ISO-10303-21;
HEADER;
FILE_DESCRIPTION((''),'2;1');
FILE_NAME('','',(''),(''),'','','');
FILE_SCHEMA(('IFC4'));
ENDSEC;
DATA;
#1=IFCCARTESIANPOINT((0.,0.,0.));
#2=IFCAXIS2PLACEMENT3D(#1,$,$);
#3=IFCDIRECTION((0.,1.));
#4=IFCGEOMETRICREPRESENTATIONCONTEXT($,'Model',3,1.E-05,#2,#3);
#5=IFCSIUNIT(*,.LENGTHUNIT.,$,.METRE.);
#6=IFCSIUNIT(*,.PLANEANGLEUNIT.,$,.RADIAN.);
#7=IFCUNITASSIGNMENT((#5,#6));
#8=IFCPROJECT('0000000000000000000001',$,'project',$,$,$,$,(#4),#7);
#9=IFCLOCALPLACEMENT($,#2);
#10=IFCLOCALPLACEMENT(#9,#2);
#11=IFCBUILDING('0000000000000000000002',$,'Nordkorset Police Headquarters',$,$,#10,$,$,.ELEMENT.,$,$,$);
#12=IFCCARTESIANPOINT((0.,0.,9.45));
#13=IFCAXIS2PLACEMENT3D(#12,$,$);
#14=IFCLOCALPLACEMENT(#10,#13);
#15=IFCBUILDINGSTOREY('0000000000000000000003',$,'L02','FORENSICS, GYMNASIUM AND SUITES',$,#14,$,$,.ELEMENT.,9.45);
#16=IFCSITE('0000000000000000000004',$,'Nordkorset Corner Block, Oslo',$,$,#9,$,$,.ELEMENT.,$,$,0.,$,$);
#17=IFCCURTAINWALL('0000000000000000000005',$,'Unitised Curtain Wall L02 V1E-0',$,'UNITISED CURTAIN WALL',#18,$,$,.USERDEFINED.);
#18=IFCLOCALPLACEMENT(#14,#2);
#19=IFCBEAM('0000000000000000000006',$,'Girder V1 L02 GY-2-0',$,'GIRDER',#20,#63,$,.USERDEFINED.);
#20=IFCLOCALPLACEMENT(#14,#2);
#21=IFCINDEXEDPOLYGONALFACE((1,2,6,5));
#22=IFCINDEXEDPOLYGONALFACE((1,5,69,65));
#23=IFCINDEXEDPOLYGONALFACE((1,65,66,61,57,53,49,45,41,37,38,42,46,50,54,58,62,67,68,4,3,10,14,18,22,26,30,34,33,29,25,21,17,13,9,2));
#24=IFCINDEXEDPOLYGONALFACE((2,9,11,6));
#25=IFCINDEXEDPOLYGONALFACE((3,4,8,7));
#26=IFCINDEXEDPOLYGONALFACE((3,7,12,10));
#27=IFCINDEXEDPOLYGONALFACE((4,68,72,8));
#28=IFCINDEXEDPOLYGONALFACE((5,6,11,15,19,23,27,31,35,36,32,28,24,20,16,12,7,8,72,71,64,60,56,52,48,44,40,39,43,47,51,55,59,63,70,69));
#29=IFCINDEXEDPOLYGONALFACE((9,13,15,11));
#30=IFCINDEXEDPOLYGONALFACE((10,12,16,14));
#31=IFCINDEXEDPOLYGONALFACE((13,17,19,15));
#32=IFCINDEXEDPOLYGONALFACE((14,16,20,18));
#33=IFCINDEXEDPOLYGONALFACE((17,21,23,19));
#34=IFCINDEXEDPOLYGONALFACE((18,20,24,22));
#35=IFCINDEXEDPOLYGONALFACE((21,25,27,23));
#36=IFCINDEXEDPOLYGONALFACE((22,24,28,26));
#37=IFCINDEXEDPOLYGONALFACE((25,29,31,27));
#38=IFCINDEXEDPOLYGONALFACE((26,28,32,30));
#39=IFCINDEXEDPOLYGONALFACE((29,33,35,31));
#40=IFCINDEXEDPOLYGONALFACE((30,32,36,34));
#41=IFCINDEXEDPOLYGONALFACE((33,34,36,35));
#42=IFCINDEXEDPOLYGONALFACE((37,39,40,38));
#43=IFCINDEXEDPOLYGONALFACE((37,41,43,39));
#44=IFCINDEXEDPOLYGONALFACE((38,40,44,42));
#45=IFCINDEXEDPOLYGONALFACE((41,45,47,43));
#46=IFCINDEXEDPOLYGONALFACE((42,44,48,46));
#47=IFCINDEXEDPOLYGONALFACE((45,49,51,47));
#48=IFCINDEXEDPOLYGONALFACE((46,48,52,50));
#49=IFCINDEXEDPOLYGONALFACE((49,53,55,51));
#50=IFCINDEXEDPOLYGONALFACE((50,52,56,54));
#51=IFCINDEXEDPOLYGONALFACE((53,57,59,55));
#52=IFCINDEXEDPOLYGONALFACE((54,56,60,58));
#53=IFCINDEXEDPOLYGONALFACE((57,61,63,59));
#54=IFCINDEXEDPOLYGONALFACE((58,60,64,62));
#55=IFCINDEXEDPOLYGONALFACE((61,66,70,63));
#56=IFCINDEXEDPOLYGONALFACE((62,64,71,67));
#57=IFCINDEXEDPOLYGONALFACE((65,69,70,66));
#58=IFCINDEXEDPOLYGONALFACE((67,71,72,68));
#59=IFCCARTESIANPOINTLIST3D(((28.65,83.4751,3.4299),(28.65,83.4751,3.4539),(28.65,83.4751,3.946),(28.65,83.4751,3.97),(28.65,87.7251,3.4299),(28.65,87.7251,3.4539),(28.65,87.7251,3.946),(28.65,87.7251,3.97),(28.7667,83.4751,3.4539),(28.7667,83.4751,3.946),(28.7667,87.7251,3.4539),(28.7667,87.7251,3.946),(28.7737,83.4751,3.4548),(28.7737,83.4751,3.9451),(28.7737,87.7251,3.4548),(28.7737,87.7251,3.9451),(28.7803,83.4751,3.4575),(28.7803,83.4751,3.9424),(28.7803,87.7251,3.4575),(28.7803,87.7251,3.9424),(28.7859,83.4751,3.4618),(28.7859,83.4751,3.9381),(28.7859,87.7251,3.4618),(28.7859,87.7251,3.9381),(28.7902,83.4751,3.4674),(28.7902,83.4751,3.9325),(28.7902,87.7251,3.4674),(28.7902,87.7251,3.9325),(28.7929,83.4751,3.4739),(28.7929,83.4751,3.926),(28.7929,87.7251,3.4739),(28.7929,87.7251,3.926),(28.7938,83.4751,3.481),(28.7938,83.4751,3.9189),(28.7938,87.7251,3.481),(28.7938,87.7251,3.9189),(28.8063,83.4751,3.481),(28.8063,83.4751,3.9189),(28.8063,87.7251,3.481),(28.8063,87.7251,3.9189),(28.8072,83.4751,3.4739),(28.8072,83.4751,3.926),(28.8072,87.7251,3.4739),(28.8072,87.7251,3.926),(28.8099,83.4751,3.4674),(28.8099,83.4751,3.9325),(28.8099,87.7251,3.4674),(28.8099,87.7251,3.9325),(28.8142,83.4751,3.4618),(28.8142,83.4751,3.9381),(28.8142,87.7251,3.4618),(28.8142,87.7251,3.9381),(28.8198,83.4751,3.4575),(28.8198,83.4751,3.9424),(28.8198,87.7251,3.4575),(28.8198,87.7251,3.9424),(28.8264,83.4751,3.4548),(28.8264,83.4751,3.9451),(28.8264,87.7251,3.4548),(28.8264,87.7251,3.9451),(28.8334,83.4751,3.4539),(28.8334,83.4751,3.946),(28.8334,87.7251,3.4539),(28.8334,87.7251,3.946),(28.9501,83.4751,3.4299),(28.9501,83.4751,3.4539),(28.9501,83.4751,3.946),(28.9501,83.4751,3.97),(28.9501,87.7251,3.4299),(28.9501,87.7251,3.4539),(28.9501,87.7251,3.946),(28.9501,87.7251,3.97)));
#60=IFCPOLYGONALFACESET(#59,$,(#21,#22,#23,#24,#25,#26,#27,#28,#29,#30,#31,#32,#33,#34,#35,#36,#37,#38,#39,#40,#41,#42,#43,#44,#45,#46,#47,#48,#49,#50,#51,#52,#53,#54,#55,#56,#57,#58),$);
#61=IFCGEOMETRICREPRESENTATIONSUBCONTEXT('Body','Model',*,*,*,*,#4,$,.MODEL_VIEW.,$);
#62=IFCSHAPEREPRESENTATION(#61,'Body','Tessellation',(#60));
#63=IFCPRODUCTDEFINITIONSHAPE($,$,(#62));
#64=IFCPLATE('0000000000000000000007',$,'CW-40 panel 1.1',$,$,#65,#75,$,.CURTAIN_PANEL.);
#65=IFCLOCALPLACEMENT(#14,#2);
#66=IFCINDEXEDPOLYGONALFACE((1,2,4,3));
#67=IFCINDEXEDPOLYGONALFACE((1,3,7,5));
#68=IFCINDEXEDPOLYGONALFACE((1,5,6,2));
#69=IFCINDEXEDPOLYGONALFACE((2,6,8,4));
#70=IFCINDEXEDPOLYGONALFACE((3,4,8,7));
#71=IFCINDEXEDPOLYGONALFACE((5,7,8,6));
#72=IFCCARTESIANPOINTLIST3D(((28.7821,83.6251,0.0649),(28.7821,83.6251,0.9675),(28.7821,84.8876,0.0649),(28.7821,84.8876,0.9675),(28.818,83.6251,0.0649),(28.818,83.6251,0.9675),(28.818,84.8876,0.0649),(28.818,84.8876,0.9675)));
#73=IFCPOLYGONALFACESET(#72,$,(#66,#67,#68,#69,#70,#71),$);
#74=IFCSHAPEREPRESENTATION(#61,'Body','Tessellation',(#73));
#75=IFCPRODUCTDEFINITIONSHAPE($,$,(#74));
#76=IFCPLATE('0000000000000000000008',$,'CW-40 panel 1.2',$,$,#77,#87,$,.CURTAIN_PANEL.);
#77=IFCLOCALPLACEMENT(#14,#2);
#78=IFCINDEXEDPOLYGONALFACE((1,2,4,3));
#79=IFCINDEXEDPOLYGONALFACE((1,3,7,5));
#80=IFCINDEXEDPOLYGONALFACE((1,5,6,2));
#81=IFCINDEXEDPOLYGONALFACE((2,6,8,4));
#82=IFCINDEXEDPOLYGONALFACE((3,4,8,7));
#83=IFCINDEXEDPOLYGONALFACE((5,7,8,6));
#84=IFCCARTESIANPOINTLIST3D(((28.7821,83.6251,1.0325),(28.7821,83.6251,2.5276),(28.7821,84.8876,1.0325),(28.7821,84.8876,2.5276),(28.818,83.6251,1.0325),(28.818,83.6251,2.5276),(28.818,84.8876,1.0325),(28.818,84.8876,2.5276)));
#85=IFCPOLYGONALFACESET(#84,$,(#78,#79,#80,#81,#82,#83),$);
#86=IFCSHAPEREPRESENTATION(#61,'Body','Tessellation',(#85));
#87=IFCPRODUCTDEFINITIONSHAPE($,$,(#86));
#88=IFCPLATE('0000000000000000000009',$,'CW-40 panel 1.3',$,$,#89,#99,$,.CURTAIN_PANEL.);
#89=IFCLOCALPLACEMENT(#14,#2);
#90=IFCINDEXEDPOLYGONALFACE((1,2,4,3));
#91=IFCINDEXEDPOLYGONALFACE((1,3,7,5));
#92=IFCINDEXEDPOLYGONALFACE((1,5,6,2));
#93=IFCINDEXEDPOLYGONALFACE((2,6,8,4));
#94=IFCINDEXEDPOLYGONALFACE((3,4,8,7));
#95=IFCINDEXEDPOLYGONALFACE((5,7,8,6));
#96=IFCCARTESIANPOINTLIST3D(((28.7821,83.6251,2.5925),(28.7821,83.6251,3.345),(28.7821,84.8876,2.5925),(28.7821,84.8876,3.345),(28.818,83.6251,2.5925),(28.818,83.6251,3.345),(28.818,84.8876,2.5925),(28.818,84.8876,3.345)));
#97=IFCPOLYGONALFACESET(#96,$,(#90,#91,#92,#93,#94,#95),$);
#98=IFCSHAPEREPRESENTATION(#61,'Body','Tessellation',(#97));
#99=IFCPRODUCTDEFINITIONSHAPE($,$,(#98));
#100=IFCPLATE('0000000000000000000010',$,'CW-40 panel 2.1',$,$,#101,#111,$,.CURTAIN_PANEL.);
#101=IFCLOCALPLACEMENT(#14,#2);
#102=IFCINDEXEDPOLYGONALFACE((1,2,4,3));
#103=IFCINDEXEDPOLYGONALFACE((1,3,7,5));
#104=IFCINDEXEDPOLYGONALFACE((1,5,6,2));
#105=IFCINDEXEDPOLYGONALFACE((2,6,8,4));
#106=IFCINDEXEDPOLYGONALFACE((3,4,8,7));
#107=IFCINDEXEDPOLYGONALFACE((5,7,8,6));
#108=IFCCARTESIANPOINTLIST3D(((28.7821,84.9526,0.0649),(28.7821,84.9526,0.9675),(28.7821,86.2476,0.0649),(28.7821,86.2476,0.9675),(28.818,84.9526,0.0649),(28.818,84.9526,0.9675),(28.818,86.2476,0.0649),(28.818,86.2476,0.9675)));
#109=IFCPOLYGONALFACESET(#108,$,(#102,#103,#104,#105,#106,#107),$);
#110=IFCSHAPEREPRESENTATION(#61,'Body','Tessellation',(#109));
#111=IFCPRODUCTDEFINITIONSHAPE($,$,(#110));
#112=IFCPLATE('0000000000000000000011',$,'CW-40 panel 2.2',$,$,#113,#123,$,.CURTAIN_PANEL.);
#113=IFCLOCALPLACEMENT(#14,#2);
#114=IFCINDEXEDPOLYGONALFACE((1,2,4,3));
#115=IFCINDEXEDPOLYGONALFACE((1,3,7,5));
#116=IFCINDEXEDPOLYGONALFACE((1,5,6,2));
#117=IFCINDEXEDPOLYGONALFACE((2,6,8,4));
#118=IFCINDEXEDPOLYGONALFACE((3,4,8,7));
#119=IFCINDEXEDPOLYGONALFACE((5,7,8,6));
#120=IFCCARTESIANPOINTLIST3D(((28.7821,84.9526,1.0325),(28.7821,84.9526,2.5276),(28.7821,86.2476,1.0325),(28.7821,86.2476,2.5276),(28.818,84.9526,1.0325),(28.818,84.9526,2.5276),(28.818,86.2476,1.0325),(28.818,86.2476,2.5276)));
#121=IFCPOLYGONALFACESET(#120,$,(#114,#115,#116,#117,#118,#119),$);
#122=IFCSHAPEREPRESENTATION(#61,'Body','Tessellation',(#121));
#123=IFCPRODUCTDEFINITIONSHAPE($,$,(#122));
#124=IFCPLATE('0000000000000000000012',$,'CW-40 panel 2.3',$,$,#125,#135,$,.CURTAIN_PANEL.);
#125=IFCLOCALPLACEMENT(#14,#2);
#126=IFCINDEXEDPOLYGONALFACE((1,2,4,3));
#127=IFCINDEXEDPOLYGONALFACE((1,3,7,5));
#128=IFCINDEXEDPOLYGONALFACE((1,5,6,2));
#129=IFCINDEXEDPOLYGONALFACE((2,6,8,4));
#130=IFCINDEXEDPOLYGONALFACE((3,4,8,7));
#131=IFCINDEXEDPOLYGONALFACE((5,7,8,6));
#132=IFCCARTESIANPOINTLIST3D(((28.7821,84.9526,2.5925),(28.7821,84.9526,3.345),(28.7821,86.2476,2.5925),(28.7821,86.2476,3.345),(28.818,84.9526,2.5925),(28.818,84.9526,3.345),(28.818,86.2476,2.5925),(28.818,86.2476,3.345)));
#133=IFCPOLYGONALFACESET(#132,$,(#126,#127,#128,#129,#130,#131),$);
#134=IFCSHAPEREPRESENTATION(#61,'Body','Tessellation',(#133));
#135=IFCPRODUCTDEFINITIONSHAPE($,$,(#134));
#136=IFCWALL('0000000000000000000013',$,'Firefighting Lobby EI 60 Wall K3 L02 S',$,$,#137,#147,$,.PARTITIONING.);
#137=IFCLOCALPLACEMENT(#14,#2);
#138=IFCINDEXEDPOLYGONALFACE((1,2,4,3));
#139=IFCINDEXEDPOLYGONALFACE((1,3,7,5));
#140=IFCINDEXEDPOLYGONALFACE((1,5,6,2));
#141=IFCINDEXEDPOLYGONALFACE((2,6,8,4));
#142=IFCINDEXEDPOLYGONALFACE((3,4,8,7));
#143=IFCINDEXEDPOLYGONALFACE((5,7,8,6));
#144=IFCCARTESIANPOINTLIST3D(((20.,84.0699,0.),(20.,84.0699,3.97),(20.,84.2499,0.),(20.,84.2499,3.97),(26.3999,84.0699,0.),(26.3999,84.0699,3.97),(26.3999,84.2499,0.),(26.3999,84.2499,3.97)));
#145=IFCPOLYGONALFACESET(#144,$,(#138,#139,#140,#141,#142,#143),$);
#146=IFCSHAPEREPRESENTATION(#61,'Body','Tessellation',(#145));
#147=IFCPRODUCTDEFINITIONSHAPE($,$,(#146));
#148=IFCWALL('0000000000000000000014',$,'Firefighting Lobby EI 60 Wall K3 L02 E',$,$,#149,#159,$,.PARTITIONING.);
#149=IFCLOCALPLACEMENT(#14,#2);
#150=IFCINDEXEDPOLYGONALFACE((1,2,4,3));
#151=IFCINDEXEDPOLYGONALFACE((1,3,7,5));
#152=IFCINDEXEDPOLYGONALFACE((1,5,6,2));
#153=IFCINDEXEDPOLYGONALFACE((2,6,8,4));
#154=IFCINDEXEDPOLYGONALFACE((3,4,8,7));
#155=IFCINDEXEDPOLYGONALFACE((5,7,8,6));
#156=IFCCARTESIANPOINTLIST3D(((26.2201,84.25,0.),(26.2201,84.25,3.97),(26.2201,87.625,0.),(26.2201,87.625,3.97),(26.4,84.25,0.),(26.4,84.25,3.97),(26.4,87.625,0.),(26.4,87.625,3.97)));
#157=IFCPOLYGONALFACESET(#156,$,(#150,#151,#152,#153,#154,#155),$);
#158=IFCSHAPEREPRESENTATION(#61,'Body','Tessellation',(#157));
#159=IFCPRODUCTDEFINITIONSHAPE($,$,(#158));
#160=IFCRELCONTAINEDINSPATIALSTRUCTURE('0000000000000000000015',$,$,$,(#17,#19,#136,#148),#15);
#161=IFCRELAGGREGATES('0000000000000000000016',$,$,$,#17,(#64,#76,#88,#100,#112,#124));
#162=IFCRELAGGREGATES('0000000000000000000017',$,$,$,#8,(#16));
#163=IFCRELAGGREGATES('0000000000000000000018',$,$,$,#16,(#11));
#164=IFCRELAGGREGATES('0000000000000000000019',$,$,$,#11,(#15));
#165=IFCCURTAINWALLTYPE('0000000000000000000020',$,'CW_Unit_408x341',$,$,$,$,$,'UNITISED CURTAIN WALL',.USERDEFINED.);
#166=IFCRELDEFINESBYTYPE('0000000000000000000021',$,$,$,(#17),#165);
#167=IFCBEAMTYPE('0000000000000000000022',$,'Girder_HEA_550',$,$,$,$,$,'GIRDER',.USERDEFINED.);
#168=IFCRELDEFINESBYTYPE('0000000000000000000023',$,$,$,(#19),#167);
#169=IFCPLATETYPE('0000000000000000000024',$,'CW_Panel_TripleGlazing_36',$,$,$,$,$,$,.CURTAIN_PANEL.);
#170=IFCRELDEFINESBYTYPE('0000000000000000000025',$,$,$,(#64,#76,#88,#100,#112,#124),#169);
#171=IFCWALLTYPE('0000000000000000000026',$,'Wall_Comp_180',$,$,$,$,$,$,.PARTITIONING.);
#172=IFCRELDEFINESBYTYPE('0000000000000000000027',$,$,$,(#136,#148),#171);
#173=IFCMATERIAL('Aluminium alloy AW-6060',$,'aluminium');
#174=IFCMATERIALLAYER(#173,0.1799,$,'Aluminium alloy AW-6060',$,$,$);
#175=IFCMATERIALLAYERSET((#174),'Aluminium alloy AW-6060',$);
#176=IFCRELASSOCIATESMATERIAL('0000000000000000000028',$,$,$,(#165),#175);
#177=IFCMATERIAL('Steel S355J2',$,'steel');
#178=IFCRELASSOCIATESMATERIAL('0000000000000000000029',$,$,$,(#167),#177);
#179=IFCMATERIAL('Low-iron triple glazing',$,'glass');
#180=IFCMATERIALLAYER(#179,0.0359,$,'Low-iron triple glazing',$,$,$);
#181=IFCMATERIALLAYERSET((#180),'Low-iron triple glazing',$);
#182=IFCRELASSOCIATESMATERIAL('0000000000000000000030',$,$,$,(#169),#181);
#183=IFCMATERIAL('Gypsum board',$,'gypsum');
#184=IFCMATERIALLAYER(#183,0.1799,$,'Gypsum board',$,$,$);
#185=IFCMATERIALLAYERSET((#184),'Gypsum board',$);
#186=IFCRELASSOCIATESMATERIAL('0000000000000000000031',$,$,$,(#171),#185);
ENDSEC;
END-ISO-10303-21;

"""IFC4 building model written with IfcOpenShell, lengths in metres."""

from ifc_helpers import new_model, si_unit, direction, frame, frame_2d, origin, origin_2d, place, context, subcontext, project, spatial, rectangle, i_section, extrude, material, layer, layer_set, material_profile, profile_set, type_object, element, aggregate, save


model = new_model("IFC4")

# Units and contexts
model_context = context("Model", 3, precision=1e-05, world=origin(), true_north=direction((0.0, 1.0)))
body_context = subcontext(model_context, "Body", "Model", "MODEL_VIEW")
ifc_project = project(units=[si_unit("LENGTHUNIT", "METRE"), si_unit("PLANEANGLEUNIT", "RADIAN")], contexts=[model_context])

# Site, building, storey
site_placement = place(None, origin())
site = spatial("IfcSite", under=ifc_project, at=site_placement, Name="Nordkorset Corner Block, Oslo", CompositionType="ELEMENT", RefElevation=0.0)
building_placement = place(site_placement, origin())
building = spatial("IfcBuilding", under=site, at=building_placement, Name="Nordkorset Police Headquarters", CompositionType="ELEMENT")
storey_placement = place(building_placement, frame((0.0, 0.0, 9.45)))
storey = spatial("IfcBuildingStorey", under=building, at=storey_placement, Name="L02", Description="FORENSICS, GYMNASIUM AND SUITES", CompositionType="ELEMENT", Elevation=9.45)

# Curtain wall
ifc_material_1 = material(Name="Aluminium alloy AW-6060", Category="aluminium")
ifc_layer_1 = layer(ifc_material_1, 0.1799, Name="Aluminium alloy AW-6060")
ifc_layer_set_1 = layer_set([ifc_layer_1], Name="Aluminium alloy AW-6060")
curtain_wall_type = type_object("IfcCurtainWallType", Name="CW_Unit_408x341", ElementType="UNITISED CURTAIN WALL", PredefinedType="USERDEFINED", material=ifc_layer_set_1)
curtain_wall_placement = place(storey_placement, origin())
curtain_wall = element("IfcCurtainWall", 1, at=curtain_wall_placement, inside=storey, type_object=curtain_wall_type, Name="Unitised Curtain Wall L02 V1E-0", ObjectType="UNITISED CURTAIN WALL", PredefinedType="USERDEFINED")

# Beam
ifc_material_2 = material(Name="Steel S355J2", Category="steel")
ifc_material_profile_1 = material_profile(ifc_material_2, i_section(OverallWidth=0.3, OverallDepth=0.54, WebThickness=0.0125, FlangeThickness=0.0239, FilletRadius=0.0271, at=origin_2d()), Name="HEA 550")
ifc_profile_set_1 = profile_set([ifc_material_profile_1], Name="Steel S355J2")
beam_type = type_object("IfcBeamType", Name="Girder_HEA_550", ElementType="GIRDER", PredefinedType="USERDEFINED", material=ifc_profile_set_1)
beam_placement = place(storey_placement, frame((28.8, 83.4751, 3.7), z_axis=(0.0, 1.0, 0.0), x_axis=(-1.0, 0.0, 0.0)))
element("IfcBeam", 2, at=beam_placement, inside=storey, type_object=beam_type, Name="Girder V1 L02 GY-2-0", ObjectType="GIRDER", PredefinedType="USERDEFINED", context=body_context, shape_type="SweptSolid", body=[
    extrude(i_section(OverallWidth=0.3, OverallDepth=0.54, WebThickness=0.0125, FlangeThickness=0.0239, FilletRadius=0.0271, at=origin_2d()), origin(), (0.0, 0.0, 1.0), 4.25),
])

# Plates
ifc_material_3 = material(Name="Low-iron triple glazing", Category="glass")
ifc_layer_2 = layer(ifc_material_3, 0.0359, Name="Low-iron triple glazing")
ifc_layer_set_2 = layer_set([ifc_layer_2], Name="Low-iron triple glazing")
plate_type = type_object("IfcPlateType", Name="CW_Panel_TripleGlazing_36", PredefinedType="CURTAIN_PANEL", material=ifc_layer_set_2)
plate_1_placement = place(storey_placement, frame((28.8, 84.2563, 0.0649), z_axis=(0.0, 0.0, 1.0), x_axis=(0.0, 1.0, 0.0)))
plate_1 = element("IfcPlate", 3, at=plate_1_placement, type_object=plate_type, Name="CW-40 panel 1.1", PredefinedType="CURTAIN_PANEL", context=body_context, shape_type="SweptSolid", body=[
    extrude(rectangle(XDim=1.2625, YDim=0.0359, at=origin_2d()), origin(), (0.0, 0.0, 1.0), 0.9026),
])
plate_2_placement = place(storey_placement, frame((28.8, 84.2563, 1.0325), z_axis=(0.0, 0.0, 1.0), x_axis=(0.0, 1.0, 0.0)))
plate_2 = element("IfcPlate", 4, at=plate_2_placement, type_object=plate_type, Name="CW-40 panel 1.2", PredefinedType="CURTAIN_PANEL", context=body_context, shape_type="SweptSolid", body=[
    extrude(rectangle(XDim=1.2625, YDim=0.0359, at=origin_2d()), origin(), (0.0, 0.0, 1.0), 1.4951),
])
plate_3_placement = place(storey_placement, frame((28.8, 84.2563, 2.5925), z_axis=(0.0, 0.0, 1.0), x_axis=(0.0, 1.0, 0.0)))
plate_3 = element("IfcPlate", 5, at=plate_3_placement, type_object=plate_type, Name="CW-40 panel 1.3", PredefinedType="CURTAIN_PANEL", context=body_context, shape_type="SweptSolid", body=[
    extrude(rectangle(XDim=1.2625, YDim=0.0359, at=origin_2d()), origin(), (0.0, 0.0, 1.0), 0.7524),
])
plate_4_placement = place(storey_placement, frame((28.8, 85.6001, 0.0649), z_axis=(0.0, 0.0, 1.0), x_axis=(0.0, 1.0, 0.0)))
plate_4 = element("IfcPlate", 6, at=plate_4_placement, type_object=plate_type, Name="CW-40 panel 2.1", PredefinedType="CURTAIN_PANEL", context=body_context, shape_type="SweptSolid", body=[
    extrude(rectangle(XDim=1.2949, YDim=0.0359, at=origin_2d()), origin(), (0.0, 0.0, 1.0), 0.9026),
])
plate_5_placement = place(storey_placement, frame((28.8, 85.6001, 1.0325), z_axis=(0.0, 0.0, 1.0), x_axis=(0.0, 1.0, 0.0)))
plate_5 = element("IfcPlate", 7, at=plate_5_placement, type_object=plate_type, Name="CW-40 panel 2.2", PredefinedType="CURTAIN_PANEL", context=body_context, shape_type="SweptSolid", body=[
    extrude(rectangle(XDim=1.2949, YDim=0.0359, at=origin_2d()), origin(), (0.0, 0.0, 1.0), 1.4951),
])
plate_6_placement = place(storey_placement, frame((28.8, 85.6001, 2.5925), z_axis=(0.0, 0.0, 1.0), x_axis=(0.0, 1.0, 0.0)))
plate_6 = element("IfcPlate", 8, at=plate_6_placement, type_object=plate_type, Name="CW-40 panel 2.3", PredefinedType="CURTAIN_PANEL", context=body_context, shape_type="SweptSolid", body=[
    extrude(rectangle(XDim=1.2949, YDim=0.0359, at=origin_2d()), origin(), (0.0, 0.0, 1.0), 0.7524),
])
aggregate(curtain_wall, [plate_1, plate_2, plate_3, plate_4, plate_5, plate_6])

# Wall
ifc_material_4 = material(Name="Gypsum board", Category="gypsum")
ifc_layer_3 = layer(ifc_material_4, 0.1799, Name="Gypsum board")
ifc_layer_set_3 = layer_set([ifc_layer_3], Name="Gypsum board")
wall_type = type_object("IfcWallType", Name="Wall_Comp_180", PredefinedType="PARTITIONING", material=ifc_layer_set_3)
wall_1_placement = place(storey_placement, frame((20.0, 84.1599, 0.0), z_axis=(0.0, 0.0, 1.0), x_axis=(1.0, 0.0, 0.0)))
element("IfcWall", 9, at=wall_1_placement, inside=storey, type_object=wall_type, Name="Firefighting Lobby EI 60 Wall K3 L02 S", PredefinedType="PARTITIONING", context=body_context, shape_type="SweptSolid", body=[
    extrude(rectangle(XDim=6.3999, YDim=0.1799, at=frame_2d((3.2, 0.0))), origin(), (0.0, 0.0, 1.0), 3.97),
])

# Wall
wall_2_placement = place(storey_placement, frame((26.3101, 84.25, 0.0), z_axis=(0.0, 0.0, 1.0), x_axis=(0.0, 1.0, 0.0)))
element("IfcWall", 10, at=wall_2_placement, inside=storey, type_object=wall_type, Name="Firefighting Lobby EI 60 Wall K3 L02 E", PredefinedType="PARTITIONING", context=body_context, shape_type="SweptSolid", body=[
    extrude(rectangle(XDim=3.375, YDim=0.1799, at=frame_2d((1.6875, 0.0))), origin(), (0.0, 0.0, 1.0), 3.97),
])

save(model, "model.ifc")
